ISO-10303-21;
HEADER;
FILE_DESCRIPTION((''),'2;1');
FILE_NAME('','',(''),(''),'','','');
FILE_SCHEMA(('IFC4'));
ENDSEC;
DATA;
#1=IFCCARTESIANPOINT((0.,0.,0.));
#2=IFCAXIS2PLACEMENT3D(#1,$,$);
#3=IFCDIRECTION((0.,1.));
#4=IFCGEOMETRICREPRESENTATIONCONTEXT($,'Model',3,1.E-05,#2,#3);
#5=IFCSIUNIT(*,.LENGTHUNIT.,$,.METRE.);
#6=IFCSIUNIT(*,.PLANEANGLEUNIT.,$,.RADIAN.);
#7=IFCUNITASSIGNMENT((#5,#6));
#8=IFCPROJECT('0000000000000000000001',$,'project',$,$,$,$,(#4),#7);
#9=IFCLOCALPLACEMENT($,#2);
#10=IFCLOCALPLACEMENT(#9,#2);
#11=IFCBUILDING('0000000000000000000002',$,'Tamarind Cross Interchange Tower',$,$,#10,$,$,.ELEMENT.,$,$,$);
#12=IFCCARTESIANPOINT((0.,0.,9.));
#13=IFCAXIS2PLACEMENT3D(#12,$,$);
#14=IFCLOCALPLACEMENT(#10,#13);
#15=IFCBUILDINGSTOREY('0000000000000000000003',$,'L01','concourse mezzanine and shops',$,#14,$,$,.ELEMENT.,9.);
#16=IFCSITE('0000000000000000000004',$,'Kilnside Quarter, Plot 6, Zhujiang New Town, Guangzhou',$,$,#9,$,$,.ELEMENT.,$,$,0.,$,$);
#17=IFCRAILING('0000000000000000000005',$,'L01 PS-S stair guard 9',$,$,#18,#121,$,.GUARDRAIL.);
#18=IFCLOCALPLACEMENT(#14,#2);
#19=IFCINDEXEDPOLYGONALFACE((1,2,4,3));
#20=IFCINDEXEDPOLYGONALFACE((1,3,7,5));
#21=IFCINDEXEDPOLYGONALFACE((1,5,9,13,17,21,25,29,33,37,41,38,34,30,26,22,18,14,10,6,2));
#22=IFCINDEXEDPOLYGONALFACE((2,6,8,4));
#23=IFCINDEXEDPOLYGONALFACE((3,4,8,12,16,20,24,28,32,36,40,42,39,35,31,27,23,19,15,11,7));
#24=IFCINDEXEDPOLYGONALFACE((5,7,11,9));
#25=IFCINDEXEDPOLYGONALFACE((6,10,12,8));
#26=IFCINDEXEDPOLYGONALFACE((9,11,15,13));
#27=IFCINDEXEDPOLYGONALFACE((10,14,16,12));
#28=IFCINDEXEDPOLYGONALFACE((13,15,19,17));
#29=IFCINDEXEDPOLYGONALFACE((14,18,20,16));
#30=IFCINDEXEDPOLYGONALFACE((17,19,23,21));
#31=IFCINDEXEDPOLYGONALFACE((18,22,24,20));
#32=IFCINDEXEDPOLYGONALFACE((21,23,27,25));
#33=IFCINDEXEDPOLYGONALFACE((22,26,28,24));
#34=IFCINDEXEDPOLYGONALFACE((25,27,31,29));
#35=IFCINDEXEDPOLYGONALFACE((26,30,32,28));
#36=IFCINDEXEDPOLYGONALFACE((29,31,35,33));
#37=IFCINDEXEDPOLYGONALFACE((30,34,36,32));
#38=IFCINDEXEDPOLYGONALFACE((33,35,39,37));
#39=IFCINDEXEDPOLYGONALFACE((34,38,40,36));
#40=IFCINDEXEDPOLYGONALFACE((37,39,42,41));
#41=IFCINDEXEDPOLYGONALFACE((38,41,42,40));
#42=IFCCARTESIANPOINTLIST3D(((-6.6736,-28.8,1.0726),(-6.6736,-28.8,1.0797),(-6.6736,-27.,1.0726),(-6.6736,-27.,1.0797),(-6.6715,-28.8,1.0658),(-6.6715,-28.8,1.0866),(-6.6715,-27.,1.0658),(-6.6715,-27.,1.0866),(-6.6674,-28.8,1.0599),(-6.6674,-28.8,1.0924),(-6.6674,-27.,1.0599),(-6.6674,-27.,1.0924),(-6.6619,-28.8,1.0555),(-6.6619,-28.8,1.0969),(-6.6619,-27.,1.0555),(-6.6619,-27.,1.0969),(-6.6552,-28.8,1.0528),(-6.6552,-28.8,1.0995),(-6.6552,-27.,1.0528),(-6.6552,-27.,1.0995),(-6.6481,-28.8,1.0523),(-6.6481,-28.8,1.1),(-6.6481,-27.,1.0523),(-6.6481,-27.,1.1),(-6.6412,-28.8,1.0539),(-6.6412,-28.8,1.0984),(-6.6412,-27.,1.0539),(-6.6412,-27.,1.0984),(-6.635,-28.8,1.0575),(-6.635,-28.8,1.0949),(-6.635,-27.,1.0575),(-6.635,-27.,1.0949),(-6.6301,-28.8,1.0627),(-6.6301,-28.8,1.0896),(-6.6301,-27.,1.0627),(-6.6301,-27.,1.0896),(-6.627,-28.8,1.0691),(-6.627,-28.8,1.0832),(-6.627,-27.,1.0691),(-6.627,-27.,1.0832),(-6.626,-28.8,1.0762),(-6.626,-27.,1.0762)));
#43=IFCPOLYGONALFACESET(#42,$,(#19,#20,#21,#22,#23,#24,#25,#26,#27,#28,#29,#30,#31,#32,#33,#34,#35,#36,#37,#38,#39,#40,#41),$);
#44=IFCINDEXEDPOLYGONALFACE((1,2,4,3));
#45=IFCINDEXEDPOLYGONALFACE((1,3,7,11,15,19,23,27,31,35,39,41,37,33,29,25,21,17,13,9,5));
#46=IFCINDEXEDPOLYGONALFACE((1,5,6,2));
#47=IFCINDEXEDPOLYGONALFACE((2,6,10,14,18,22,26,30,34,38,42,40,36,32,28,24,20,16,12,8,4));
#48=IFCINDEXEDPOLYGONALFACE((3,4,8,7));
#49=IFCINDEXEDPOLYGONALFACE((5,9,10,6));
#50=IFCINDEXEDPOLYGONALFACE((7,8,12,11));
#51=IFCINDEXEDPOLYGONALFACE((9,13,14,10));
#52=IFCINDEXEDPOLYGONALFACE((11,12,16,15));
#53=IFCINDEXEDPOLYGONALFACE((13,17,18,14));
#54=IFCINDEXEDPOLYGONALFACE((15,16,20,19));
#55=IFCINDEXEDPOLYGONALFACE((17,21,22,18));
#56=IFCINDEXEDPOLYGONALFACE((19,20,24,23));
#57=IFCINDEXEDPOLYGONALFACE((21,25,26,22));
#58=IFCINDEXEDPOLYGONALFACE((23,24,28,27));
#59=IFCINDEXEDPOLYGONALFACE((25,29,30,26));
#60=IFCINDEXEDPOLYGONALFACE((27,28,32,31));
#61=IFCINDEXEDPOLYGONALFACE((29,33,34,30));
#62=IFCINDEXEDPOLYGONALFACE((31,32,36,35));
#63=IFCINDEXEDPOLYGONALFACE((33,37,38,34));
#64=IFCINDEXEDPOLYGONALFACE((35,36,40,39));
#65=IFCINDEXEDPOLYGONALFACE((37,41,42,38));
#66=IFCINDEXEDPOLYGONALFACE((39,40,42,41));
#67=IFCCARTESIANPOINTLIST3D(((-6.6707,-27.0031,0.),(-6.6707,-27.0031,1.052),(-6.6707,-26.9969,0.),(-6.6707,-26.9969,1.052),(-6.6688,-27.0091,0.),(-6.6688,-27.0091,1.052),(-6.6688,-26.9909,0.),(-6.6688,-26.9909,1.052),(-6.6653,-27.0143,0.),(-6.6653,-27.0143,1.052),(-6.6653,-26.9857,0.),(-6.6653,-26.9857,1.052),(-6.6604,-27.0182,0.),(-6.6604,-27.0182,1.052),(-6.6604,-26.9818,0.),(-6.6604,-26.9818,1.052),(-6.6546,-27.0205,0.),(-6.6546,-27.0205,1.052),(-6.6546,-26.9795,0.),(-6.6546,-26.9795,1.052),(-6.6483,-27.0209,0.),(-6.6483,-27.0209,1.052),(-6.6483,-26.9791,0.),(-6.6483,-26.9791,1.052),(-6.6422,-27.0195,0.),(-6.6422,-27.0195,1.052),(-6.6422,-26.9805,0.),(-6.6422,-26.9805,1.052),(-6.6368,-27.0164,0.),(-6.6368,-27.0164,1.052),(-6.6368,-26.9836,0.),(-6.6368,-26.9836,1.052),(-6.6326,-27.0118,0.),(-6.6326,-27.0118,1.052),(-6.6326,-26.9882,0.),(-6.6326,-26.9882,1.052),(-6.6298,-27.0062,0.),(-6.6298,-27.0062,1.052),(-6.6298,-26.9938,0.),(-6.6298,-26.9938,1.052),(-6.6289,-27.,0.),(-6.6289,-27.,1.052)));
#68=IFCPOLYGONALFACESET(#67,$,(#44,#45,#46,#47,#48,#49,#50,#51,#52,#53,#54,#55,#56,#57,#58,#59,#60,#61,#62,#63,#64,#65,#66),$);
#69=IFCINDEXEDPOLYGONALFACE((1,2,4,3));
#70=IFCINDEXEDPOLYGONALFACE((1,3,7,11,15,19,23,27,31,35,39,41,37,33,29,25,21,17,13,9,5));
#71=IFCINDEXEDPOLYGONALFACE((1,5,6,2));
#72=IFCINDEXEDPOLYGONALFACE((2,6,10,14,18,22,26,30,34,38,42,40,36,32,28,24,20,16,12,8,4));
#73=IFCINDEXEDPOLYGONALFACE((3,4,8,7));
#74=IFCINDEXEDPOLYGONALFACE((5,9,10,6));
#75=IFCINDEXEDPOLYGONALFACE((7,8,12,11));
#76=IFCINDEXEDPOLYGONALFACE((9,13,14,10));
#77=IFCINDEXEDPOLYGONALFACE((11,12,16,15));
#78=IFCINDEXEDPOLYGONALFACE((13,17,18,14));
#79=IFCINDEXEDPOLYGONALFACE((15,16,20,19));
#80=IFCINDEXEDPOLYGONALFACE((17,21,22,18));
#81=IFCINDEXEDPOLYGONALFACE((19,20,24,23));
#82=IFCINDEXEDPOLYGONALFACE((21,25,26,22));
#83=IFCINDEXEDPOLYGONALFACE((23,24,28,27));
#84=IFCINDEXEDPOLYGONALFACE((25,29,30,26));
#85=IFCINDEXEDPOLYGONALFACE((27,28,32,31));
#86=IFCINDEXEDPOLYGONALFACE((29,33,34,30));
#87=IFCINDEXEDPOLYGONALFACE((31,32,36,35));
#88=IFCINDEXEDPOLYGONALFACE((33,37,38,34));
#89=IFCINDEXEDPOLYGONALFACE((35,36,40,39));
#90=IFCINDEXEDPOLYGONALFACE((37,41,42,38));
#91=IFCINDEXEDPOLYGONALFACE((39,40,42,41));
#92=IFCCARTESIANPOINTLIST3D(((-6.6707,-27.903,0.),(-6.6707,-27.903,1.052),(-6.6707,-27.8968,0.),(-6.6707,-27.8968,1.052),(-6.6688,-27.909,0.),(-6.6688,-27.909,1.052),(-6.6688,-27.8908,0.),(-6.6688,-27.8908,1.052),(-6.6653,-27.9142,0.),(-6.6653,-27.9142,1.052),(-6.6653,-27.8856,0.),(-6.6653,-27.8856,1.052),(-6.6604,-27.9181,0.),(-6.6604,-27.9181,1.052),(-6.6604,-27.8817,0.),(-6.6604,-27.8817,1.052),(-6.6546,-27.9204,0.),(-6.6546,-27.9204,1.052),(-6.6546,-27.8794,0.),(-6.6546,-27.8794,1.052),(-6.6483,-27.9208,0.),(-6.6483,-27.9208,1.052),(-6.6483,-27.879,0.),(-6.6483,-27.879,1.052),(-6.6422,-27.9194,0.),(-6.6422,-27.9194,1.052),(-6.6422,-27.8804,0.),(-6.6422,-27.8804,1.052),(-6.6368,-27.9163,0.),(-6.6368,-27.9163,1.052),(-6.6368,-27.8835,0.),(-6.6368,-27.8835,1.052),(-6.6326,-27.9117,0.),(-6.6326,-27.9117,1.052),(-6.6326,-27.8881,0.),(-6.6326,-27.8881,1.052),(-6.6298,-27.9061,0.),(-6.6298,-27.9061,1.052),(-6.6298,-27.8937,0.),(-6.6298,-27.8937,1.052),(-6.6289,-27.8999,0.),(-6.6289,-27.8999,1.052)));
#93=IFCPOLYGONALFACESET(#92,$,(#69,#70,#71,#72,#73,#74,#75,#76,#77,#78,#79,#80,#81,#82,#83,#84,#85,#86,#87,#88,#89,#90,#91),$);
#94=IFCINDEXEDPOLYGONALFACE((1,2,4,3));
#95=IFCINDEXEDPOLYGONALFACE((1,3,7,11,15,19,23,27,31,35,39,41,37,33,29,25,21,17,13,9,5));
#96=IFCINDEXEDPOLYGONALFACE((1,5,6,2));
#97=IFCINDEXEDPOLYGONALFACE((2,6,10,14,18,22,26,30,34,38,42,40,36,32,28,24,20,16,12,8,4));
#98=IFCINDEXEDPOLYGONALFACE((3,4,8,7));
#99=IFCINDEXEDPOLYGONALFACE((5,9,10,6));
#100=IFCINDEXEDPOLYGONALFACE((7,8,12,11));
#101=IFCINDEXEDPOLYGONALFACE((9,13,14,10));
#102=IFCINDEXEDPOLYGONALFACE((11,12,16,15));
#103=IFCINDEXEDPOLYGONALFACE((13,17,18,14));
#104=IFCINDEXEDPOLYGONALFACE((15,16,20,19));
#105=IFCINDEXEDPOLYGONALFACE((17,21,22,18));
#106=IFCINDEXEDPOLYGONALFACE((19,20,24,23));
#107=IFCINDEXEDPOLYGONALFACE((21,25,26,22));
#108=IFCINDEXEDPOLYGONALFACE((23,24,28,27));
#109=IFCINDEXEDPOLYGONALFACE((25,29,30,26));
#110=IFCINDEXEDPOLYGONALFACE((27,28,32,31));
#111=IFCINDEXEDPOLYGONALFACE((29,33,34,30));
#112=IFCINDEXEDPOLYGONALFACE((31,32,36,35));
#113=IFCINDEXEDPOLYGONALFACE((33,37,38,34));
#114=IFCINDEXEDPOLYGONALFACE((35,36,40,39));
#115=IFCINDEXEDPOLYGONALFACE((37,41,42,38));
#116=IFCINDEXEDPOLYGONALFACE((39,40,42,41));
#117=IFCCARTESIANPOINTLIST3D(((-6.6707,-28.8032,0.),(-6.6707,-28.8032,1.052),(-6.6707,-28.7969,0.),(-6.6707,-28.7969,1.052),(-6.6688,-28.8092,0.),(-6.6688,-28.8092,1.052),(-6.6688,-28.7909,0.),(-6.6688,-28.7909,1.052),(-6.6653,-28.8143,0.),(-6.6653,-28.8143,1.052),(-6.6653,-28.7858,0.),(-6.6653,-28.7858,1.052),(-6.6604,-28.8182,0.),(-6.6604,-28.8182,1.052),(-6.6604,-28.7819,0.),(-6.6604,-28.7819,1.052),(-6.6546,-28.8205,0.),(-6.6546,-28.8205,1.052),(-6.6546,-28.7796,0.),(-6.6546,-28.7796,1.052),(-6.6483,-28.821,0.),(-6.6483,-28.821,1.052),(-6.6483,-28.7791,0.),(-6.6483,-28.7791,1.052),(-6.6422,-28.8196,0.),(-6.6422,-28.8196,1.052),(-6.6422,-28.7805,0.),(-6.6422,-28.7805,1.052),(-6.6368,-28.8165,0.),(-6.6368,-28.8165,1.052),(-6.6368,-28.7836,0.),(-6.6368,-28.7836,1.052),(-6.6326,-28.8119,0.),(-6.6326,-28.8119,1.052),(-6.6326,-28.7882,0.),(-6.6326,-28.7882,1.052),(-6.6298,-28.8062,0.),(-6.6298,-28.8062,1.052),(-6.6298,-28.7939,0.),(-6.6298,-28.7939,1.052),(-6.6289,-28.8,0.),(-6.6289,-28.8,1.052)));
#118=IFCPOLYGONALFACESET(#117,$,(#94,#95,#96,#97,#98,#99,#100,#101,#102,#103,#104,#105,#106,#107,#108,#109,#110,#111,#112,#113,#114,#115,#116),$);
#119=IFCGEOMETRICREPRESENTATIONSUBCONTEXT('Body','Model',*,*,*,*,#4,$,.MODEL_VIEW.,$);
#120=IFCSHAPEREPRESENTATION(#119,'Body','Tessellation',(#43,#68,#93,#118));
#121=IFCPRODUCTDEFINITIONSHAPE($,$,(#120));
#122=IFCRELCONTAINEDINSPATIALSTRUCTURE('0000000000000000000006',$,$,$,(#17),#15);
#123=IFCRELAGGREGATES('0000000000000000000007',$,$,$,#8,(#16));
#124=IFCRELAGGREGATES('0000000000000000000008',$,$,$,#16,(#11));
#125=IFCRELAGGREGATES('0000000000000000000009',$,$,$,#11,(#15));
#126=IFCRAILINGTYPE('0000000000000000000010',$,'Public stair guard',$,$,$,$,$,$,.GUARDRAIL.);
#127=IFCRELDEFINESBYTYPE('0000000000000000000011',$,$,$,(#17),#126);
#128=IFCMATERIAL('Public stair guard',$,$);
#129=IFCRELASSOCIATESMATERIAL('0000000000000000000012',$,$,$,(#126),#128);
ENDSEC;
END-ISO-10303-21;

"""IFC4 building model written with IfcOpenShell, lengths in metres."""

from ifc_helpers import new_model, si_unit, direction, frame, origin, origin_2d, place, context, subcontext, project, spatial, circle, extrude, material, type_object, element, save


model = new_model("IFC4")

# Units and contexts
model_context = context("Model", 3, precision=1e-05, world=origin(), true_north=direction((0.0, 1.0)))
body_context = subcontext(model_context, "Body", "Model", "MODEL_VIEW")
ifc_project = project(units=[si_unit("LENGTHUNIT", "METRE"), si_unit("PLANEANGLEUNIT", "RADIAN")], contexts=[model_context])

# Site, building, storey
site_placement = place(None, origin())
site = spatial("IfcSite", under=ifc_project, at=site_placement, Name="Kilnside Quarter, Plot 6, Zhujiang New Town, Guangzhou", CompositionType="ELEMENT", RefElevation=0.0)
building_placement = place(site_placement, origin())
building = spatial("IfcBuilding", under=site, at=building_placement, Name="Tamarind Cross Interchange Tower", CompositionType="ELEMENT")
storey_placement = place(building_placement, frame((0.0, 0.0, 9.0)))
storey = spatial("IfcBuildingStorey", under=building, at=storey_placement, Name="L01", Description="concourse mezzanine and shops", CompositionType="ELEMENT", Elevation=9.0)

# Railing
ifc_material_1 = material(Name="Public stair guard")
railing_type_1 = type_object("IfcRailingType", Name="Public stair guard", PredefinedType="GUARDRAIL", material=ifc_material_1)
railing_1_placement = place(storey_placement, frame((-6.6499, -27.0, 0.0)))
element("IfcRailing", 1, at=railing_1_placement, inside=storey, type_object=railing_type_1, Name="L01 PS-S stair guard 9", PredefinedType="GUARDRAIL", context=body_context, shape_type="SweptSolid", body=[
    extrude(circle(Radius=0.0239, at=origin_2d()), frame((0.0, 0.0, 1.0762), z_axis=(0.0, -1.0, 0.0), x_axis=(1.0, 0.0, 0.0)), (0.0, 0.0, 1.0), 1.8),
    extrude(circle(Radius=0.021, at=origin_2d()), origin(), (0.0, 0.0, 1.0), 1.052),
    extrude(circle(Radius=0.021, at=origin_2d()), frame((0.0, -0.8999, 0.0)), (0.0, 0.0, 1.0), 1.052),
    extrude(circle(Radius=0.021, at=origin_2d()), frame((0.0, -1.8, 0.0)), (0.0, 0.0, 1.0), 1.052),
])

save(model, "model.ifc")
